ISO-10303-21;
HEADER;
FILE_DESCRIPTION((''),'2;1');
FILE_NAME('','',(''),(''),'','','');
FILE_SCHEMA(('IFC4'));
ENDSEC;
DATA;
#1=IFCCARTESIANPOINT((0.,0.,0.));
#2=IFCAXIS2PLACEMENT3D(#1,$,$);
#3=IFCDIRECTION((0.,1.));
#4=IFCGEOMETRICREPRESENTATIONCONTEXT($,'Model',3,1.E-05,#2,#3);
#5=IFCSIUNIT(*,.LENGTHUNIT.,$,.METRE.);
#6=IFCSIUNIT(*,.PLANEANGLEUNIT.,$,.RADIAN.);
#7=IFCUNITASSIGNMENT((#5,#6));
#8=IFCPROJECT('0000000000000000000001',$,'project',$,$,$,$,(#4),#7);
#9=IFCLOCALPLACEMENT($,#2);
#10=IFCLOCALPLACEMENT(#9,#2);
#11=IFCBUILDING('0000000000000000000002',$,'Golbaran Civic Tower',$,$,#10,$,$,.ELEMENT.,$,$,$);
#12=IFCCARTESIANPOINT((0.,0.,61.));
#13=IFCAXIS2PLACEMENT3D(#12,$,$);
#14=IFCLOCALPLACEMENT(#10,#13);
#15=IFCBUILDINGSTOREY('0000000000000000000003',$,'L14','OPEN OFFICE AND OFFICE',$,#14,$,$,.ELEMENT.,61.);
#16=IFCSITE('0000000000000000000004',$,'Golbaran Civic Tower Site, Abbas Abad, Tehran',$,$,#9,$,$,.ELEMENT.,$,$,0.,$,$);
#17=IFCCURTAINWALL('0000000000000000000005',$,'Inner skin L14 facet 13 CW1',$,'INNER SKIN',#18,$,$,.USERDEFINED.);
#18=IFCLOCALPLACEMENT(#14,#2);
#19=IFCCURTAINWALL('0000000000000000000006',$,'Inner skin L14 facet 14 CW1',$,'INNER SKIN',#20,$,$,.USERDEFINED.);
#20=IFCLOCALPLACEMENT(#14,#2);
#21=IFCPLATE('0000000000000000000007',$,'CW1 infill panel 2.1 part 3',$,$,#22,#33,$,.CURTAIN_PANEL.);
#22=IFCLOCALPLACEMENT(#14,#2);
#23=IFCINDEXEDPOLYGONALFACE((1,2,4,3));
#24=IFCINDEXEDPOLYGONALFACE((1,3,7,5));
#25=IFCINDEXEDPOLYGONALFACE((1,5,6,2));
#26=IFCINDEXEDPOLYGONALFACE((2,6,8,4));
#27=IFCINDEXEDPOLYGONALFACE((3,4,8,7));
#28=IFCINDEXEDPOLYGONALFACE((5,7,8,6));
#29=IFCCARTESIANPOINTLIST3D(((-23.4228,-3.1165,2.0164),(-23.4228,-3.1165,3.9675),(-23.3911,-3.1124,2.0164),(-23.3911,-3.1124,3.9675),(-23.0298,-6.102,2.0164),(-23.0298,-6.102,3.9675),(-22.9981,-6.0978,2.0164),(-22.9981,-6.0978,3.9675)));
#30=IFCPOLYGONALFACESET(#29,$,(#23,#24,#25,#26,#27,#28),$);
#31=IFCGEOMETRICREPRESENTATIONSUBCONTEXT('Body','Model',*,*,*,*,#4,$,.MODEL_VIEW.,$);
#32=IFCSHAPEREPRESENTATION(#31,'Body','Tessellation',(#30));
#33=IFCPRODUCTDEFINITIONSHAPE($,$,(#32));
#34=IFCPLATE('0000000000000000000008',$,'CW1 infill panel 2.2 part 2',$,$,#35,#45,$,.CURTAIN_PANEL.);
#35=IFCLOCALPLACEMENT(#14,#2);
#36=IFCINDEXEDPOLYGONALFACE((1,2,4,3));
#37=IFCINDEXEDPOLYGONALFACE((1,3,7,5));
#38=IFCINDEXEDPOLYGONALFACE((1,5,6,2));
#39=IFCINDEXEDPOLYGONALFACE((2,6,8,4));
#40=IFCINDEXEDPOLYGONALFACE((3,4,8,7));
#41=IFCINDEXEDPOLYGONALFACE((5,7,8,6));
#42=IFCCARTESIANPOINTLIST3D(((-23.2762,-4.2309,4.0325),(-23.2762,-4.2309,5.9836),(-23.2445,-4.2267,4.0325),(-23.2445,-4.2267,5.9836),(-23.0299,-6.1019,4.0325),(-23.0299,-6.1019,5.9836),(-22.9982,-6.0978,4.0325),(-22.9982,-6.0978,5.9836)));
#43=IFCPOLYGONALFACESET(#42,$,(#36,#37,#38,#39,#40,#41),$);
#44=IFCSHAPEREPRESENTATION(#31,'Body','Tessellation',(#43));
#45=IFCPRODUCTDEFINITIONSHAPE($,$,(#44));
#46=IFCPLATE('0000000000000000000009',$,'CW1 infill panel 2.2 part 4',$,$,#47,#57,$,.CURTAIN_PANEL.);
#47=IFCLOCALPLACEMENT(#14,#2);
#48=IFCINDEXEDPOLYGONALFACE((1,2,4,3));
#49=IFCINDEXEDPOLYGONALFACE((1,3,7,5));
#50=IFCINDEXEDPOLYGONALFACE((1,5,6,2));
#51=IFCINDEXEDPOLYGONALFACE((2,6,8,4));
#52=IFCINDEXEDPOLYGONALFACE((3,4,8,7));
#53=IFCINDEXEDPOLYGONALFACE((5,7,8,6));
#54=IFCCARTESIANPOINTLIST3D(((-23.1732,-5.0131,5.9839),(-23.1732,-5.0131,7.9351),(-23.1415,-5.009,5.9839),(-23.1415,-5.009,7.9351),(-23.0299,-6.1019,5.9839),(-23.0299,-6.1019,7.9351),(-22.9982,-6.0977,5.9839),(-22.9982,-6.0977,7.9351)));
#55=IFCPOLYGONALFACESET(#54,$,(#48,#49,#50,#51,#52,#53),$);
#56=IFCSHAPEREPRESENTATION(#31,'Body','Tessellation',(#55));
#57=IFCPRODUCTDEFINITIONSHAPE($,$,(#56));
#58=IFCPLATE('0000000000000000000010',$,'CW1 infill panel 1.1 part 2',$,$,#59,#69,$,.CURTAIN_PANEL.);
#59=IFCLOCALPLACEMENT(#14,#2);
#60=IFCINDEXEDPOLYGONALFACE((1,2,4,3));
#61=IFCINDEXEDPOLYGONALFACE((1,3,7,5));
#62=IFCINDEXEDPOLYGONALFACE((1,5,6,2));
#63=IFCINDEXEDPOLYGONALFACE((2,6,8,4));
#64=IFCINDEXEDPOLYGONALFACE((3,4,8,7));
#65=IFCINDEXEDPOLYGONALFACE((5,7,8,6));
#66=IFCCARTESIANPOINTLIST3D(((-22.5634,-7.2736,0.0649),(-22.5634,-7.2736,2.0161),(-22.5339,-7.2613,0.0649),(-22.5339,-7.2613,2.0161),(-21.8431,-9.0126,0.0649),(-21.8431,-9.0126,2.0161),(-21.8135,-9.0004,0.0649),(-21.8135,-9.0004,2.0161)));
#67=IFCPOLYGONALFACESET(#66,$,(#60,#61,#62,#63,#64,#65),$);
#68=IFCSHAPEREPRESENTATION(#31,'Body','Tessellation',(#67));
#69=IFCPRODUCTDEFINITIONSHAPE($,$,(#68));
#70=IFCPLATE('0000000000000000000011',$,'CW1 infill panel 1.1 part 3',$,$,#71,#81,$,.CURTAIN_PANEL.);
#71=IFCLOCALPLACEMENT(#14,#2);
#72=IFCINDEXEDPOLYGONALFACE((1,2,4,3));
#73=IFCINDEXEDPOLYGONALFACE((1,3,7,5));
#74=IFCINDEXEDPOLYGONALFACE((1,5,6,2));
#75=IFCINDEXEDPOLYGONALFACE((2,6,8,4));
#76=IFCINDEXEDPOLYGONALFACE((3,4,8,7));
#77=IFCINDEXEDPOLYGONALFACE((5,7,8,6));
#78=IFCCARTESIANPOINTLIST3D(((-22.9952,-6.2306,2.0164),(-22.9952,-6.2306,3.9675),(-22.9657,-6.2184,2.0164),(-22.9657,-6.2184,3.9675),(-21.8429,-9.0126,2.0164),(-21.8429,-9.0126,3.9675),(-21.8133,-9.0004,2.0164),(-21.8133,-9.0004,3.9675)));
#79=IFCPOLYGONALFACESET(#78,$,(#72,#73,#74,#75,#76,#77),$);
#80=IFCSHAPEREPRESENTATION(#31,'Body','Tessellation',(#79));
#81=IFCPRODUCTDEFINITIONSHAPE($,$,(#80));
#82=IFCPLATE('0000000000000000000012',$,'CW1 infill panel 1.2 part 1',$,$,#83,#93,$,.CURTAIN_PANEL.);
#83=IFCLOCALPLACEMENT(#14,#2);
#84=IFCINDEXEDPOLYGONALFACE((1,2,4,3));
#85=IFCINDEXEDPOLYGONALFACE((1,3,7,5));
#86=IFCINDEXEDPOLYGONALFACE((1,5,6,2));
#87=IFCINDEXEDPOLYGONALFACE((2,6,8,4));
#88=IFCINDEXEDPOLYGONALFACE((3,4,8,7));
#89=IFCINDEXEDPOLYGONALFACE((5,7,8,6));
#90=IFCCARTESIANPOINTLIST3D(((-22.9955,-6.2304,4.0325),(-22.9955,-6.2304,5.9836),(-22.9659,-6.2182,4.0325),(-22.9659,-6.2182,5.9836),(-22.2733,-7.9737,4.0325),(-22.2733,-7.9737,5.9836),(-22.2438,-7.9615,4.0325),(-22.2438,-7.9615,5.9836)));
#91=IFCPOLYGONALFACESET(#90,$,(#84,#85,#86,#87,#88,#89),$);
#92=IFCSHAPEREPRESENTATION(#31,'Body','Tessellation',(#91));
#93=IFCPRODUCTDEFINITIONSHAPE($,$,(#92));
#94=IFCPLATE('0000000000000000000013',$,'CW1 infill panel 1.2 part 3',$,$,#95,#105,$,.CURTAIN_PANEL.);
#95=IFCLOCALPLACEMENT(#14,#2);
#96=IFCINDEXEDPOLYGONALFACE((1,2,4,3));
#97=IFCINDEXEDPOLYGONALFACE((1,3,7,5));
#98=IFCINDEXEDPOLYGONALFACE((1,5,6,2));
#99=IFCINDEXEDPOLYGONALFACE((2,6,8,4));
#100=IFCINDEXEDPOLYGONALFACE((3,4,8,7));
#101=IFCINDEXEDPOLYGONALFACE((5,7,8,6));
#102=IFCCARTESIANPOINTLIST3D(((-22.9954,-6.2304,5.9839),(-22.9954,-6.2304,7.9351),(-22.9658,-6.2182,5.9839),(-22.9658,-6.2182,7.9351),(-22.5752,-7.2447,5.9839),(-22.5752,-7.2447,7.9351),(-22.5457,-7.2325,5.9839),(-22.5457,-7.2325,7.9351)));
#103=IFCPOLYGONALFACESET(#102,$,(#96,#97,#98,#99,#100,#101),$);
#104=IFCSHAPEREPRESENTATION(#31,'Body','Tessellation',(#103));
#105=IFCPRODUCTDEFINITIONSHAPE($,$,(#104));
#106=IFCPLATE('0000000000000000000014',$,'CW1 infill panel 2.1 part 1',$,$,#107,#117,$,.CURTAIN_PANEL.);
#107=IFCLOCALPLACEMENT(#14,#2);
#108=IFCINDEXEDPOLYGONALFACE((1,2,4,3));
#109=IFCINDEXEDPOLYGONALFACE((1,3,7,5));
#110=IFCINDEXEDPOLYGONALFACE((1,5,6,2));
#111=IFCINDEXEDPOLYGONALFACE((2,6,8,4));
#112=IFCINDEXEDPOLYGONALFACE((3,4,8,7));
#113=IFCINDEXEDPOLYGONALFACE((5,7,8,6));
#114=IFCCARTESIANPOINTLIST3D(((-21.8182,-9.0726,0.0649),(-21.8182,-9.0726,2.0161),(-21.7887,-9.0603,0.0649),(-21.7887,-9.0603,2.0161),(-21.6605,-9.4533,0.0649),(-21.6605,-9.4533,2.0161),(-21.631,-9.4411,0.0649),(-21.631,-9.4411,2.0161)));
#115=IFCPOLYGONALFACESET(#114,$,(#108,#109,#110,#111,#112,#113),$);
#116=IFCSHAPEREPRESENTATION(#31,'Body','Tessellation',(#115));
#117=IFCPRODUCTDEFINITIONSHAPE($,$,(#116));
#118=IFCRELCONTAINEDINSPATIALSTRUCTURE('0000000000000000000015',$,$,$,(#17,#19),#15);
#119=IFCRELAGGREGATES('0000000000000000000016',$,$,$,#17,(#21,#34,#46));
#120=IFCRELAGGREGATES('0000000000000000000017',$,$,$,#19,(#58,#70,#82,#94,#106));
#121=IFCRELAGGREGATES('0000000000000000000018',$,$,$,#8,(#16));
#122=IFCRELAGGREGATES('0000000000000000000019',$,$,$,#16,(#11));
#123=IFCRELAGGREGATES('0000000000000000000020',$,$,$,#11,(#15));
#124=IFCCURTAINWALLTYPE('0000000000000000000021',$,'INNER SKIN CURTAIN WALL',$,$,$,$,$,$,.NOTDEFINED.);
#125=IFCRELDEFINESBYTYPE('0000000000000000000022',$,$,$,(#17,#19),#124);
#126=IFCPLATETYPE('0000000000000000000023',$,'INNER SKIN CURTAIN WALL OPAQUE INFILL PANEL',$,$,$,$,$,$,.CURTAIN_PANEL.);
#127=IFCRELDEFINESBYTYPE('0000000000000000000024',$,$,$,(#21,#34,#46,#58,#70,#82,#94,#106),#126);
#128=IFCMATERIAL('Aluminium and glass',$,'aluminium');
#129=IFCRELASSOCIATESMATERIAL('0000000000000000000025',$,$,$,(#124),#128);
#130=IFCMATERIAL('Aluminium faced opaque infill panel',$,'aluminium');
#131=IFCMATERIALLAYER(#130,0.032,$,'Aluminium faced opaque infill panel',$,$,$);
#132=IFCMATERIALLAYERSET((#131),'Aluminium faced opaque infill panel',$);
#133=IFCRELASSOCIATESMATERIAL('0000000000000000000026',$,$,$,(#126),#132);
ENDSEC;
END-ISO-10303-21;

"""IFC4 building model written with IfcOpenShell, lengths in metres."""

from ifc_helpers import new_model, si_unit, direction, frame, origin, origin_2d, place, context, subcontext, project, spatial, rectangle, extrude, material, layer, layer_set, type_object, element, aggregate, save


model = new_model("IFC4")

# Units and contexts
model_context = context("Model", 3, precision=1e-05, world=origin(), true_north=direction((0.0, 1.0)))
body_context = subcontext(model_context, "Body", "Model", "MODEL_VIEW")
ifc_project = project(units=[si_unit("LENGTHUNIT", "METRE"), si_unit("PLANEANGLEUNIT", "RADIAN")], contexts=[model_context])

# Site, building, storey
site_placement = place(None, origin())
site = spatial("IfcSite", under=ifc_project, at=site_placement, Name="Golbaran Civic Tower Site, Abbas Abad, Tehran", CompositionType="ELEMENT", RefElevation=0.0)
building_placement = place(site_placement, origin())
building = spatial("IfcBuilding", under=site, at=building_placement, Name="Golbaran Civic Tower", CompositionType="ELEMENT")
storey_placement = place(building_placement, frame((0.0, 0.0, 61.0)))
storey = spatial("IfcBuildingStorey", under=building, at=storey_placement, Name="L14", Description="OPEN OFFICE AND OFFICE", CompositionType="ELEMENT", Elevation=61.0)

# Curtain walls
ifc_material_1 = material(Name="Aluminium and glass", Category="aluminium")
curtain_wall_type = type_object("IfcCurtainWallType", Name="INNER SKIN CURTAIN WALL", PredefinedType="NOTDEFINED", material=ifc_material_1)
curtain_wall_1_placement = place(storey_placement, origin())
curtain_wall_1 = element("IfcCurtainWall", 1, at=curtain_wall_1_placement, inside=storey, type_object=curtain_wall_type, Name="Inner skin L14 facet 13 CW1", ObjectType="INNER SKIN", PredefinedType="USERDEFINED")
curtain_wall_2_placement = place(storey_placement, origin())
curtain_wall_2 = element("IfcCurtainWall", 2, at=curtain_wall_2_placement, inside=storey, type_object=curtain_wall_type, Name="Inner skin L14 facet 14 CW1", ObjectType="INNER SKIN", PredefinedType="USERDEFINED")

# Plates
ifc_material_2 = material(Name="Aluminium faced opaque infill panel", Category="aluminium")
ifc_layer_1 = layer(ifc_material_2, 0.032, Name="Aluminium faced opaque infill panel")
ifc_layer_set_1 = layer_set([ifc_layer_1], Name="Aluminium faced opaque infill panel")
plate_type_1 = type_object("IfcPlateType", Name="INNER SKIN CURTAIN WALL OPAQUE INFILL PANEL", PredefinedType="CURTAIN_PANEL", material=ifc_layer_set_1)
plate_1_placement = place(storey_placement, frame((-23.2104, -4.6072, 2.0164), z_axis=(0.0, 0.0, 1.0), x_axis=(0.130526, -0.991445, 0.0)))
plate_1 = element("IfcPlate", 3, at=plate_1_placement, type_object=plate_type_1, Name="CW1 infill panel 2.1 part 3", PredefinedType="CURTAIN_PANEL", context=body_context, shape_type="SweptSolid", body=[
    extrude(rectangle(XDim=3.0112, YDim=0.032, at=origin_2d()), origin(), (0.0, 0.0, 1.0), 1.9512),
])
plate_2_placement = place(storey_placement, frame((-23.1372, -5.1643, 4.0325), z_axis=(0.0, 0.0, 1.0), x_axis=(0.130526, -0.991445, 0.0)))
plate_2 = element("IfcPlate", 4, at=plate_2_placement, type_object=plate_type_1, Name="CW1 infill panel 2.2 part 2", PredefinedType="CURTAIN_PANEL", context=body_context, shape_type="SweptSolid", body=[
    extrude(rectangle(XDim=1.8872, YDim=0.032, at=origin_2d()), origin(), (0.0, 0.0, 1.0), 1.9512),
])
plate_3_placement = place(storey_placement, frame((-23.0857, -5.5554, 5.9839), z_axis=(0.0, 0.0, 1.0), x_axis=(0.130526, -0.991445, 0.0)))
plate_3 = element("IfcPlate", 5, at=plate_3_placement, type_object=plate_type_1, Name="CW1 infill panel 2.2 part 4", PredefinedType="CURTAIN_PANEL", context=body_context, shape_type="SweptSolid", body=[
    extrude(rectangle(XDim=1.0981, YDim=0.032, at=origin_2d()), origin(), (0.0, 0.0, 1.0), 1.9512),
])
aggregate(curtain_wall_1, [plate_1, plate_2, plate_3])
plate_4_placement = place(storey_placement, frame((-22.1885, -8.137, 0.0649), z_axis=(0.0, 0.0, 1.0), x_axis=(0.382683, -0.92388, 0.0)))
plate_4 = element("IfcPlate", 6, at=plate_4_placement, type_object=plate_type_1, Name="CW1 infill panel 1.1 part 2", PredefinedType="CURTAIN_PANEL", context=body_context, shape_type="SweptSolid", body=[
    extrude(rectangle(XDim=1.8823, YDim=0.032, at=origin_2d()), origin(), (0.0, 0.0, 1.0), 1.9512),
])
plate_5_placement = place(storey_placement, frame((-22.4043, -7.6155, 2.0164), z_axis=(0.0, 0.0, 1.0), x_axis=(0.382683, -0.92388, 0.0)))
plate_5 = element("IfcPlate", 7, at=plate_5_placement, type_object=plate_type_1, Name="CW1 infill panel 1.1 part 3", PredefinedType="CURTAIN_PANEL", context=body_context, shape_type="SweptSolid", body=[
    extrude(rectangle(XDim=3.0112, YDim=0.032, at=origin_2d()), origin(), (0.0, 0.0, 1.0), 1.9512),
])
plate_6_placement = place(storey_placement, frame((-22.6196, -7.0959, 4.0325), z_axis=(0.0, 0.0, 1.0), x_axis=(0.382683, -0.92388, 0.0)))
plate_6 = element("IfcPlate", 8, at=plate_6_placement, type_object=plate_type_1, Name="CW1 infill panel 1.2 part 1", PredefinedType="CURTAIN_PANEL", context=body_context, shape_type="SweptSolid", body=[
    extrude(rectangle(XDim=1.887, YDim=0.032, at=origin_2d()), origin(), (0.0, 0.0, 1.0), 1.9512),
])
plate_7_placement = place(storey_placement, frame((-22.7705, -6.7314, 5.9839), z_axis=(0.0, 0.0, 1.0), x_axis=(0.382683, -0.92388, 0.0)))
plate_7 = element("IfcPlate", 9, at=plate_7_placement, type_object=plate_type_1, Name="CW1 infill panel 1.2 part 3", PredefinedType="CURTAIN_PANEL", context=body_context, shape_type="SweptSolid", body=[
    extrude(rectangle(XDim=1.0979, YDim=0.032, at=origin_2d()), origin(), (0.0, 0.0, 1.0), 1.9512),
])
plate_8_placement = place(storey_placement, frame((-21.7246, -9.2568, 0.0649), z_axis=(0.0, 0.0, 1.0), x_axis=(0.382683, -0.92388, 0.0)))
plate_8 = element("IfcPlate", 10, at=plate_8_placement, type_object=plate_type_1, Name="CW1 infill panel 2.1 part 1", PredefinedType="CURTAIN_PANEL", context=body_context, shape_type="SweptSolid", body=[
    extrude(rectangle(XDim=0.4121, YDim=0.032, at=origin_2d()), origin(), (0.0, 0.0, 1.0), 1.9512),
])
aggregate(curtain_wall_2, [plate_4, plate_5, plate_6, plate_7, plate_8])

save(model, "model.ifc")
